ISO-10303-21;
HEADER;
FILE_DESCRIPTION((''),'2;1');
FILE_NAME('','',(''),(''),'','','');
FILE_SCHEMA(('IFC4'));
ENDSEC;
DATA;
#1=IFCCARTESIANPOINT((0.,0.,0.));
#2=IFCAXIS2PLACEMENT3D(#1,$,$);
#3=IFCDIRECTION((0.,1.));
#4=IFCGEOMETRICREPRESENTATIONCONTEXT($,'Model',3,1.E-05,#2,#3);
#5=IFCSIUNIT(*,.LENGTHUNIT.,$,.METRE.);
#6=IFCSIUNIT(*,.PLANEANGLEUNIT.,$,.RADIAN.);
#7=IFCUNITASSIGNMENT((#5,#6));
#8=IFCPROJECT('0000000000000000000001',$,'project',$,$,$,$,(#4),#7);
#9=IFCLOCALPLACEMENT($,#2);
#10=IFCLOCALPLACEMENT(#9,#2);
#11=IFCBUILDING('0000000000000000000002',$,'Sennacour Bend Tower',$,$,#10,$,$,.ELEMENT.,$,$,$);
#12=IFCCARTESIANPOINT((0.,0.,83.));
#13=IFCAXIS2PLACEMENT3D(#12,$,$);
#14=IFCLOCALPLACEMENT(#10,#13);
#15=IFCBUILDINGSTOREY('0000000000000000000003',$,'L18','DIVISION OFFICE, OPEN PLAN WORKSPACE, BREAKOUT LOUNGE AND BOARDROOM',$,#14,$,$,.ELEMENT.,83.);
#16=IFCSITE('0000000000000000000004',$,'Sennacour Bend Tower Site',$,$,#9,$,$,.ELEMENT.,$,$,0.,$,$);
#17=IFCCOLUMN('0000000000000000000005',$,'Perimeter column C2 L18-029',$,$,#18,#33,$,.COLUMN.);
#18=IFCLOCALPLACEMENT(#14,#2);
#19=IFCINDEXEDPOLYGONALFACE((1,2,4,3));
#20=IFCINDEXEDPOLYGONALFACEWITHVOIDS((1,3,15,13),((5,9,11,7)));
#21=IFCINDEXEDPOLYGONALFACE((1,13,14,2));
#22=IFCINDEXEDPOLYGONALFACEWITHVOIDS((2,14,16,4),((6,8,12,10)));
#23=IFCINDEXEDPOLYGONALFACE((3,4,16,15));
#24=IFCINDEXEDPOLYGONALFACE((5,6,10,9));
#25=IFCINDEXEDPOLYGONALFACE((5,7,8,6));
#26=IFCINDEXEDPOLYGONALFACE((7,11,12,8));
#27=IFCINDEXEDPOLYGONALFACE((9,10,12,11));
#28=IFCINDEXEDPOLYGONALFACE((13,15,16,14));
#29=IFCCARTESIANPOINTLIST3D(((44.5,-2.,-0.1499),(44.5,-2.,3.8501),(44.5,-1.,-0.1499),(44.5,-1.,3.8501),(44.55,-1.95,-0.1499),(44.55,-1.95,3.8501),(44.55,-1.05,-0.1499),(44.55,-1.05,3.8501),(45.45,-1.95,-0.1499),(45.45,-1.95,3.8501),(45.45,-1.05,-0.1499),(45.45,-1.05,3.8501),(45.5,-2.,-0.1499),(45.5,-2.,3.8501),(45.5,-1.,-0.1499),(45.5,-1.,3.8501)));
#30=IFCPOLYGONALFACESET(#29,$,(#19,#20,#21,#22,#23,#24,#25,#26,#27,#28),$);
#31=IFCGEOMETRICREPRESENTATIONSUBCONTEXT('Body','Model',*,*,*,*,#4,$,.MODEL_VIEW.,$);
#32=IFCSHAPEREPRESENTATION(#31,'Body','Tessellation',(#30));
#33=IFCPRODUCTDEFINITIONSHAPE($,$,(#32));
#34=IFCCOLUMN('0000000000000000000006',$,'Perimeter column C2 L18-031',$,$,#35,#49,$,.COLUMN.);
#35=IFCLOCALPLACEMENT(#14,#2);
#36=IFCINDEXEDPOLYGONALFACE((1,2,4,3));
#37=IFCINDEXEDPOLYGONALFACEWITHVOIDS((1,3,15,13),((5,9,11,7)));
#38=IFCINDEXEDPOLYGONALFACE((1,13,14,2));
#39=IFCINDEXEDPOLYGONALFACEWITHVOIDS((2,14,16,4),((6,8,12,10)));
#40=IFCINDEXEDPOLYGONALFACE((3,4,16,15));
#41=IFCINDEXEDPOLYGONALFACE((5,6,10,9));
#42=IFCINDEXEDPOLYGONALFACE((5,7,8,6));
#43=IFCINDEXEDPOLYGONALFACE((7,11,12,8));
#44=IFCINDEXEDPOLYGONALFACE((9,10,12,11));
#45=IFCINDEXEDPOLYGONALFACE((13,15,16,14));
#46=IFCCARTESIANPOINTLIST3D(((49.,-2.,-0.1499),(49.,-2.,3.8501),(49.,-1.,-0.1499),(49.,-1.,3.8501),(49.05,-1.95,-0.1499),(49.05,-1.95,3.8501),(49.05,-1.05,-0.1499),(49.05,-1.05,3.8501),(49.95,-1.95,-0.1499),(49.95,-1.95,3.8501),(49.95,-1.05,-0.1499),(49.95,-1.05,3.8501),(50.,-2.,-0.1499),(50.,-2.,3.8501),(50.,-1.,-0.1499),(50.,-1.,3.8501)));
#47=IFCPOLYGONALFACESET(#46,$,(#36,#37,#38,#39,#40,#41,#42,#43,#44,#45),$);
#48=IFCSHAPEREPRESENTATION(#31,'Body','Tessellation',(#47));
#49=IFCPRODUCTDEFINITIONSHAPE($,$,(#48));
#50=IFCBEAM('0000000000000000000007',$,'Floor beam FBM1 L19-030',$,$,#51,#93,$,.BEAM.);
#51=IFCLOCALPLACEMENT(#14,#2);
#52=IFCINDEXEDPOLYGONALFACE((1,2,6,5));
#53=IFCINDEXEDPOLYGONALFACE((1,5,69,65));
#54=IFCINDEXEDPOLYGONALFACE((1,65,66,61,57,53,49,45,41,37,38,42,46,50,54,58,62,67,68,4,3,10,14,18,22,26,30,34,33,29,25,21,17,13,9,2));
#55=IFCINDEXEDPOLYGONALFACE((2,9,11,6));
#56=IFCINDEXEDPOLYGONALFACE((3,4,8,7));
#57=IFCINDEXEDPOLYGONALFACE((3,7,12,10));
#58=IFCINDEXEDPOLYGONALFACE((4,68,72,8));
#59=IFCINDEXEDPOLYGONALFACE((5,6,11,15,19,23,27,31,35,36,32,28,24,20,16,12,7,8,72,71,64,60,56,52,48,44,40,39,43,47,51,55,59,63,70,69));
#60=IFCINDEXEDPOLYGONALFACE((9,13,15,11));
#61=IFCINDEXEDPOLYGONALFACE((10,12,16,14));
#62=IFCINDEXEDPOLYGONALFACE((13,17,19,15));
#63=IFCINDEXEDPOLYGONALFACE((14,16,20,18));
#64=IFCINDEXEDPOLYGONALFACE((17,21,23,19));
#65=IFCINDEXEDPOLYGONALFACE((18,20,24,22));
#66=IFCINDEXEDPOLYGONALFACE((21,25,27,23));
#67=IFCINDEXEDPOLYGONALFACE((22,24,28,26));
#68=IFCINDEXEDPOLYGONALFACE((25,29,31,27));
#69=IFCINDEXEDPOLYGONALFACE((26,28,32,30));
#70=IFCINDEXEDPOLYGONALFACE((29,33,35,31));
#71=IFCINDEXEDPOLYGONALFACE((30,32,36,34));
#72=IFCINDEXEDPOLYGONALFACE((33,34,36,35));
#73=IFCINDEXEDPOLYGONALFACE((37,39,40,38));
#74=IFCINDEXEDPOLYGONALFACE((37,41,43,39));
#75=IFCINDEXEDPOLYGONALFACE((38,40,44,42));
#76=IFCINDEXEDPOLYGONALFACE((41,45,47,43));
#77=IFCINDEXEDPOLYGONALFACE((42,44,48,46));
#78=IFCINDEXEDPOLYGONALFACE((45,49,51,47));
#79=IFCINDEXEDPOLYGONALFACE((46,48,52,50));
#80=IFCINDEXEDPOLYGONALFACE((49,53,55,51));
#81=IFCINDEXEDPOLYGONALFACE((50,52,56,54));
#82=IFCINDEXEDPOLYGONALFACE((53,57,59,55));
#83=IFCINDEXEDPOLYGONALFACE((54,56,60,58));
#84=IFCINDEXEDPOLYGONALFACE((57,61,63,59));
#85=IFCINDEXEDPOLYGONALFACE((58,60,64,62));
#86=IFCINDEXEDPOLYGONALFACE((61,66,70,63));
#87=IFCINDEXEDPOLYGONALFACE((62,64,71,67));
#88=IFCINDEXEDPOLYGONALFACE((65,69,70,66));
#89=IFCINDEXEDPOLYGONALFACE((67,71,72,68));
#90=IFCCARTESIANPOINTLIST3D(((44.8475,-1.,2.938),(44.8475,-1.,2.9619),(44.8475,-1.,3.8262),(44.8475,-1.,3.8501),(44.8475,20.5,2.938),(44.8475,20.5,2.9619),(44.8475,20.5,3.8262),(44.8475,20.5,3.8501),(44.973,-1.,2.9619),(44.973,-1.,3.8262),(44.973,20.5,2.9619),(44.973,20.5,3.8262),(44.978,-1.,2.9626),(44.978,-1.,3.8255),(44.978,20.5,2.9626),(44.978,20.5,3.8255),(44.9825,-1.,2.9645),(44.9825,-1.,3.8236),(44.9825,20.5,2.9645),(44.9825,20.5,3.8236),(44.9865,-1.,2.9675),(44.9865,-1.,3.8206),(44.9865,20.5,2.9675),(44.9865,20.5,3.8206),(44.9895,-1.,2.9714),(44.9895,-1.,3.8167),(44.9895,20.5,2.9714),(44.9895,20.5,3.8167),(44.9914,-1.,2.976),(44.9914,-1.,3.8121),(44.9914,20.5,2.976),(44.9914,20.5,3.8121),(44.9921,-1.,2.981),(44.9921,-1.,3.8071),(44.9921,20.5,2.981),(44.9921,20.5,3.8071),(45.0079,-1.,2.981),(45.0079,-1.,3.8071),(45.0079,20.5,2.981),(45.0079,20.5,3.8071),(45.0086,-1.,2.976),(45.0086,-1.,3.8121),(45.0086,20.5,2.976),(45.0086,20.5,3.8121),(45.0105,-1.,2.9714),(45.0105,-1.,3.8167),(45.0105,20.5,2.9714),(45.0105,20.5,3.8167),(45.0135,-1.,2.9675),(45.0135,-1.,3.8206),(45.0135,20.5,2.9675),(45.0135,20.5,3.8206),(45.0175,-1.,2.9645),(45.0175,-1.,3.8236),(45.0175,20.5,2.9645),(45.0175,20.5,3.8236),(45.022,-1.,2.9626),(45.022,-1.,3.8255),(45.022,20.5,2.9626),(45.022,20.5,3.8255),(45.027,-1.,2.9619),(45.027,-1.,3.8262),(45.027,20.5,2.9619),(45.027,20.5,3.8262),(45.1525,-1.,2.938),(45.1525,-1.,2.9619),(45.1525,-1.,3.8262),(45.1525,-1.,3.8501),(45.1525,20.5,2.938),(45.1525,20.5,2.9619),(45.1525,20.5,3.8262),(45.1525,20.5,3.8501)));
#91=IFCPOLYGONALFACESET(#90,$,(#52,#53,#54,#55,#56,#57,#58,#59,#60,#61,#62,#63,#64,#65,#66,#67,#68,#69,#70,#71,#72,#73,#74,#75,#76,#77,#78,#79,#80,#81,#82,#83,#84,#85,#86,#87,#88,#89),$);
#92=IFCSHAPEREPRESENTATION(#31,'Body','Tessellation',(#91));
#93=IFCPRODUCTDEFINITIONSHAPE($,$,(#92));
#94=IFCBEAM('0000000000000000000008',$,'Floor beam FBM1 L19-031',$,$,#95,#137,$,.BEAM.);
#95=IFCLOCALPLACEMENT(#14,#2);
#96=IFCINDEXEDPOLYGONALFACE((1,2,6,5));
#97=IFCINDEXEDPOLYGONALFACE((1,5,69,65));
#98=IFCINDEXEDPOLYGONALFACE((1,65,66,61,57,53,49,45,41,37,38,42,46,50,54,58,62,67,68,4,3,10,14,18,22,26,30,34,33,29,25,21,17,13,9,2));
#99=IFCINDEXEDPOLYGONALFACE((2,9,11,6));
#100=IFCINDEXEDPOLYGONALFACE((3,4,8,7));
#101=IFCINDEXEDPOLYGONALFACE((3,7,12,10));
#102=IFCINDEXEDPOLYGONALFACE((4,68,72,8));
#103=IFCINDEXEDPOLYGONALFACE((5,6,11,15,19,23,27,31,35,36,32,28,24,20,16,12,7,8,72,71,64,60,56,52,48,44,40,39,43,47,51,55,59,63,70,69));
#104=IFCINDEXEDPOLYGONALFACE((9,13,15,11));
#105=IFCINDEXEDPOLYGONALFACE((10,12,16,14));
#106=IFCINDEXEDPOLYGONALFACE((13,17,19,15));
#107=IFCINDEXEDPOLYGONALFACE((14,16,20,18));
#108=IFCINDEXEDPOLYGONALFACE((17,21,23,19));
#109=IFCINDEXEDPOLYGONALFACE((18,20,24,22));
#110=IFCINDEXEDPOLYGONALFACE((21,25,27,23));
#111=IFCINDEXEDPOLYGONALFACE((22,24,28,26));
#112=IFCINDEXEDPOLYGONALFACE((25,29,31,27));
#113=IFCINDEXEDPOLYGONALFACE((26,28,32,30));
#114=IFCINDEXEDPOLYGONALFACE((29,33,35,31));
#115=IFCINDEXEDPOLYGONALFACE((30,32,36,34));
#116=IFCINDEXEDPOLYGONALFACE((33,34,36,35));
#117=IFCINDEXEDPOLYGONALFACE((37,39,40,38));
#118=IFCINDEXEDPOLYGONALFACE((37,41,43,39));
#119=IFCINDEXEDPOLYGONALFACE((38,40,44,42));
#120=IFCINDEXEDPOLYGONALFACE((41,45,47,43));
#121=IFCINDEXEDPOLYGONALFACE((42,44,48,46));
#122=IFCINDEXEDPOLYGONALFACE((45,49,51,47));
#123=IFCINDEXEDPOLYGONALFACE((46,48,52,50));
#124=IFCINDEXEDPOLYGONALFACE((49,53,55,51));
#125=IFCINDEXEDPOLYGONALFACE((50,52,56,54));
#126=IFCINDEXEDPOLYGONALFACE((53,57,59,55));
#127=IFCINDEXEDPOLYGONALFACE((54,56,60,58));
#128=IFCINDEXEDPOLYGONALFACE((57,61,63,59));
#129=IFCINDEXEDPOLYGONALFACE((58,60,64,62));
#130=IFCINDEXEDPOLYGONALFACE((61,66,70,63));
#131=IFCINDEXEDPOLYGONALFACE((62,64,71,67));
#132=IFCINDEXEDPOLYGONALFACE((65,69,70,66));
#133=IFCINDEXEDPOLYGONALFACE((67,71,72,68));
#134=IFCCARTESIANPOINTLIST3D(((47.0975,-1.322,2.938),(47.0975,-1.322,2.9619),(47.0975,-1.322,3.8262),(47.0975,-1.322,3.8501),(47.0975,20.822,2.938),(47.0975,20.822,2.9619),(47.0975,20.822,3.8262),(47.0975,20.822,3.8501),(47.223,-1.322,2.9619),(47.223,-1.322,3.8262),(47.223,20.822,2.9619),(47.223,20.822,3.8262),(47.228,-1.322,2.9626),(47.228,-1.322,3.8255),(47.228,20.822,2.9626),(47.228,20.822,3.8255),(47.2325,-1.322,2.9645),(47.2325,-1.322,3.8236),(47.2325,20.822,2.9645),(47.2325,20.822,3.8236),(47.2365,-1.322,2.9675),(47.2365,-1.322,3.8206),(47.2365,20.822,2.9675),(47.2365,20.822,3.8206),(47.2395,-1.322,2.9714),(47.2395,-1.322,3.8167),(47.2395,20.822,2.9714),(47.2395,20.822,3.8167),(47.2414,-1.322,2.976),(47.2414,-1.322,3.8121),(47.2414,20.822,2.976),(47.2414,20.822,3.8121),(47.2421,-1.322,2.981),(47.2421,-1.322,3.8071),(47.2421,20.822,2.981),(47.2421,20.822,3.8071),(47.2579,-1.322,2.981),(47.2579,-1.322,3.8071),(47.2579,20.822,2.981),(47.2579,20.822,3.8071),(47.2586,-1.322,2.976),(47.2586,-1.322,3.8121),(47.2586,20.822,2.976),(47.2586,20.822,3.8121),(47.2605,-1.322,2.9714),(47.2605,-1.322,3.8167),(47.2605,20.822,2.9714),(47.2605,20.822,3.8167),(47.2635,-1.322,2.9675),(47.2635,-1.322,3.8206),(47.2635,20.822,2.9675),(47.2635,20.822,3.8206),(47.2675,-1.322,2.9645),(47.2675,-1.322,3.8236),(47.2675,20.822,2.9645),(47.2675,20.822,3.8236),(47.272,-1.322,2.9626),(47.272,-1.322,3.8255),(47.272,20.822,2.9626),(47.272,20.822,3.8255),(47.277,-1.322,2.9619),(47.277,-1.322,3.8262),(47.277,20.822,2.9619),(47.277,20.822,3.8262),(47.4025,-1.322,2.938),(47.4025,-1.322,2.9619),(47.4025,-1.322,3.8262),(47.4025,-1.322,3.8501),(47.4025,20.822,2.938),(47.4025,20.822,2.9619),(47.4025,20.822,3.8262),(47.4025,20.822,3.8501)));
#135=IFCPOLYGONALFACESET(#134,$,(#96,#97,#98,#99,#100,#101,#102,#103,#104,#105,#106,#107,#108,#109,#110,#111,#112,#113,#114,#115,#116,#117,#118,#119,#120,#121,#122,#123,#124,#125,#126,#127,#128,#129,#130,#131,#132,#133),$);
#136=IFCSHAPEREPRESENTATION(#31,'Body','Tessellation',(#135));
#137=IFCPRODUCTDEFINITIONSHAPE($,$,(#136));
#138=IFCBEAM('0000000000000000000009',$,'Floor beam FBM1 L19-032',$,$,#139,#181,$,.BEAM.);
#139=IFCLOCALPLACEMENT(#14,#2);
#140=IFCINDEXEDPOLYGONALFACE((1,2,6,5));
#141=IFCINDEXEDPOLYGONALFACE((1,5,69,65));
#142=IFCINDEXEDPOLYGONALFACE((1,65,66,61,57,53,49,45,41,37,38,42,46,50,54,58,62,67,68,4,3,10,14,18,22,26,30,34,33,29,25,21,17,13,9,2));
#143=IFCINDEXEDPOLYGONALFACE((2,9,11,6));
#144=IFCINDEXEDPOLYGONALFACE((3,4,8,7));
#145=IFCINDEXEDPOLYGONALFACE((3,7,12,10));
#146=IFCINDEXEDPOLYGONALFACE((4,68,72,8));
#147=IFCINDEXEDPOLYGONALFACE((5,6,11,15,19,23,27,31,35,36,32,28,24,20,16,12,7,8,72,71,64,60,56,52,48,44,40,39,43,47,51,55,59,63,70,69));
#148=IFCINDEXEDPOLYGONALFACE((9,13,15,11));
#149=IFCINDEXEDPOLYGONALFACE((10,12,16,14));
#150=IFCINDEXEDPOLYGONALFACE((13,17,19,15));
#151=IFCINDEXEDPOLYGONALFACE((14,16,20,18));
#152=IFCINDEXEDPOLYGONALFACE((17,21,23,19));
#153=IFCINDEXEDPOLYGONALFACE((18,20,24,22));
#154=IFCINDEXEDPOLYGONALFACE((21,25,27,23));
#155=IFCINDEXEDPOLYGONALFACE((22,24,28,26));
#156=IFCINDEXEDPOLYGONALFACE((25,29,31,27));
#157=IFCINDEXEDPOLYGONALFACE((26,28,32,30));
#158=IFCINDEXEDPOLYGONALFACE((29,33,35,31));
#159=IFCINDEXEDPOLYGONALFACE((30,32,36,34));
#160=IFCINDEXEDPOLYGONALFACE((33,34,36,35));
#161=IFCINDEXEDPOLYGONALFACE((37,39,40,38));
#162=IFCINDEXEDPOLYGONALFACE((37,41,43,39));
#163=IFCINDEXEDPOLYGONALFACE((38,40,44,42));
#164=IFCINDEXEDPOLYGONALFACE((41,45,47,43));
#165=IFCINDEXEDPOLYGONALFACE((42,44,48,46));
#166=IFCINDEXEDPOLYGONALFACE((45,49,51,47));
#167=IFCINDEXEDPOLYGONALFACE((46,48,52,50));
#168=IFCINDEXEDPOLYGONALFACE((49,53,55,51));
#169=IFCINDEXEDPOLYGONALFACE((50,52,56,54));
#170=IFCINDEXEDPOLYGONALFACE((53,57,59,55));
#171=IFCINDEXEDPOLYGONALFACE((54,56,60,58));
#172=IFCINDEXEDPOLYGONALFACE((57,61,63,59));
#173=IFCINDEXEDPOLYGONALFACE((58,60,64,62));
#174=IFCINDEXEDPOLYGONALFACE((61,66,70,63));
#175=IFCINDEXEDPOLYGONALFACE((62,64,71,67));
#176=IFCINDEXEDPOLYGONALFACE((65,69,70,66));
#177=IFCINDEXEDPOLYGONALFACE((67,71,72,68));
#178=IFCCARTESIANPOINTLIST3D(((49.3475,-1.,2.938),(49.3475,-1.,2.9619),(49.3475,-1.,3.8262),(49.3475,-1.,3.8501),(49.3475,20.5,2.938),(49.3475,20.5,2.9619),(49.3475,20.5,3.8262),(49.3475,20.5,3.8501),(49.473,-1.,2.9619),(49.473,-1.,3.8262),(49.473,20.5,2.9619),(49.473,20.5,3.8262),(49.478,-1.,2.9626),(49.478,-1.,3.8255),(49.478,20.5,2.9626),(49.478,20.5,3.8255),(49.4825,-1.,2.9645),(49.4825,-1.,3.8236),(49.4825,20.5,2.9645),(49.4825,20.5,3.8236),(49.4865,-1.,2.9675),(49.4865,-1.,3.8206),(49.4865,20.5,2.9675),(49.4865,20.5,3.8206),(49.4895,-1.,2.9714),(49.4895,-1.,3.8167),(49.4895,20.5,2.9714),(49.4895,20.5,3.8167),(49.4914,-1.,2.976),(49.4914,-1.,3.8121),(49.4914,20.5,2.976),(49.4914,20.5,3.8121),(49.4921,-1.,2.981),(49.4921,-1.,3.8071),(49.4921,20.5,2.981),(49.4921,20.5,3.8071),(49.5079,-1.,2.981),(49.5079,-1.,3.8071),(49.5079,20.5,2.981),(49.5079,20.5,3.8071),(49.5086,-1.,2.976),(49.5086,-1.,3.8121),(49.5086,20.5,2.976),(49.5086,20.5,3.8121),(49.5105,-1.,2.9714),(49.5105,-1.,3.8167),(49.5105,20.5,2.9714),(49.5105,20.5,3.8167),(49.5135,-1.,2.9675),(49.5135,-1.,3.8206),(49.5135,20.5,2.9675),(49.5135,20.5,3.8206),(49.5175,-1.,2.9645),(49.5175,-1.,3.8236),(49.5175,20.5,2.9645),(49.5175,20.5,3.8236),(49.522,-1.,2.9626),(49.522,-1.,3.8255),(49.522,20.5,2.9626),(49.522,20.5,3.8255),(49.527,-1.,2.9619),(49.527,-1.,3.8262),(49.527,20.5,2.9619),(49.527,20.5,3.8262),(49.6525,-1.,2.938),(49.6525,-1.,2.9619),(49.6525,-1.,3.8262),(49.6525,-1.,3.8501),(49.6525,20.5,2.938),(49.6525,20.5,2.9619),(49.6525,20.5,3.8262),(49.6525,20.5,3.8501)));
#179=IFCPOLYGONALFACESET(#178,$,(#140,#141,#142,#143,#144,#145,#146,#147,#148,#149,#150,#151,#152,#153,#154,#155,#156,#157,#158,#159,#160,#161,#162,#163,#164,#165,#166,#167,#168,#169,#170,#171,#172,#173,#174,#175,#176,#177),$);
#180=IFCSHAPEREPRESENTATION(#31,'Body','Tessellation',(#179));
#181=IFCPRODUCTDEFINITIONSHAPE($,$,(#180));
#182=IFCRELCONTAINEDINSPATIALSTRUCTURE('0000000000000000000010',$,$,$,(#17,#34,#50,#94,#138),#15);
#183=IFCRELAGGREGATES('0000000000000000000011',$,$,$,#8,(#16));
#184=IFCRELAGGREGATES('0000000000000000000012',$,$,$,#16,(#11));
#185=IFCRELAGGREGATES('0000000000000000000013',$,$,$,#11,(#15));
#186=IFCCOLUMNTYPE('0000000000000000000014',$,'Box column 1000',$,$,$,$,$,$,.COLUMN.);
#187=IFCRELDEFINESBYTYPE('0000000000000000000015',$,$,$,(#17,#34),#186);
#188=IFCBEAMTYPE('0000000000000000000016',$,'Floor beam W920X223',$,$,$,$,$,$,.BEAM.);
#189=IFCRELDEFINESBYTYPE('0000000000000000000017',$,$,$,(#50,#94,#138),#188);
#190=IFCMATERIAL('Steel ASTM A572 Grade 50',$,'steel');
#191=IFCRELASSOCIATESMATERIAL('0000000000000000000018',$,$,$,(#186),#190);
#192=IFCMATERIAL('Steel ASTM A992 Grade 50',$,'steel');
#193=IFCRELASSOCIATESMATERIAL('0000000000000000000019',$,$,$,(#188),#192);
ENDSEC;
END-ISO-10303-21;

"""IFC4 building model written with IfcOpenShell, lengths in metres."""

from ifc_helpers import new_model, si_unit, direction, frame, origin, origin_2d, place, context, subcontext, project, spatial, hollow_rectangle, i_section, extrude, material, material_profile, profile_set, type_object, element, save


model = new_model("IFC4")

# Units and contexts
model_context = context("Model", 3, precision=1e-05, world=origin(), true_north=direction((0.0, 1.0)))
body_context = subcontext(model_context, "Body", "Model", "MODEL_VIEW")
ifc_project = project(units=[si_unit("LENGTHUNIT", "METRE"), si_unit("PLANEANGLEUNIT", "RADIAN")], contexts=[model_context])

# Site, building, storey
site_placement = place(None, origin())
site = spatial("IfcSite", under=ifc_project, at=site_placement, Name="Sennacour Bend Tower Site", CompositionType="ELEMENT", RefElevation=0.0)
building_placement = place(site_placement, origin())
building = spatial("IfcBuilding", under=site, at=building_placement, Name="Sennacour Bend Tower", CompositionType="ELEMENT")
storey_placement = place(building_placement, frame((0.0, 0.0, 83.0)))
storey = spatial("IfcBuildingStorey", under=building, at=storey_placement, Name="L18", Description="DIVISION OFFICE, OPEN PLAN WORKSPACE, BREAKOUT LOUNGE AND BOARDROOM", CompositionType="ELEMENT", Elevation=83.0)

# Columns
ifc_material_1 = material(Name="Steel ASTM A572 Grade 50", Category="steel")
ifc_material_profile_1 = material_profile(ifc_material_1, hollow_rectangle(XDim=1.0, YDim=1.0, WallThickness=0.05, at=origin_2d()), Name="Steel ASTM A572 Grade 50", Category="steel")
ifc_profile_set_1 = profile_set([ifc_material_profile_1], Name="Steel ASTM A572 Grade 50")
column_type = type_object("IfcColumnType", Name="Box column 1000", PredefinedType="COLUMN", material=ifc_profile_set_1)
for number, where, z_axis, x_axis, name in (
    (1, (45.0, -1.5, -0.1499), (0.0, 0.0, 1.0), (1.0, 0.0, 0.0), "Perimeter column C2 L18-029"),
    (2, (49.5, -1.5, -0.1499), (0.0, 0.0, 1.0), (1.0, 0.0, 0.0), "Perimeter column C2 L18-031"),
):
    element("IfcColumn", number, at=place(storey_placement, frame(where, z_axis=z_axis, x_axis=x_axis)), inside=storey, type_object=column_type, Name=name, PredefinedType="COLUMN", context=body_context, shape_type="SweptSolid", body=[
        extrude(hollow_rectangle(XDim=1.0, YDim=1.0, WallThickness=0.05, at=origin_2d()), origin(), (0.0, 0.0, 1.0), 4.0),
    ])

# Beams
ifc_material_2 = material(Name="Steel ASTM A992 Grade 50", Category="steel")
ifc_material_profile_2 = material_profile(ifc_material_2, i_section(OverallWidth=0.3049, OverallDepth=0.9121, WebThickness=0.0159, FlangeThickness=0.0239, FilletRadius=0.019, at=origin_2d()), Name="Steel ASTM A992 Grade 50", Category="steel")
ifc_profile_set_2 = profile_set([ifc_material_profile_2], Name="Steel ASTM A992 Grade 50")
beam_type_1 = type_object("IfcBeamType", Name="Floor beam W920X223", PredefinedType="BEAM", material=ifc_profile_set_2)
beam_1_placement = place(storey_placement, frame((45.0, -1.0, 3.394), z_axis=(0.0, 1.0, 0.0), x_axis=(-1.0, 0.0, 0.0)))
element("IfcBeam", 3, at=beam_1_placement, inside=storey, type_object=beam_type_1, Name="Floor beam FBM1 L19-030", PredefinedType="BEAM", context=body_context, shape_type="SweptSolid", body=[
    extrude(i_section(OverallWidth=0.3049, OverallDepth=0.9121, WebThickness=0.0159, FlangeThickness=0.0239, FilletRadius=0.019, at=origin_2d()), origin(), (0.0, 0.0, 1.0), 21.5),
])
beam_2_placement = place(storey_placement, frame((47.25, -1.322, 3.394), z_axis=(0.0, 1.0, 0.0), x_axis=(-1.0, 0.0, 0.0)))
element("IfcBeam", 4, at=beam_2_placement, inside=storey, type_object=beam_type_1, Name="Floor beam FBM1 L19-031", PredefinedType="BEAM", context=body_context, shape_type="SweptSolid", body=[
    extrude(i_section(OverallWidth=0.3049, OverallDepth=0.9121, WebThickness=0.0159, FlangeThickness=0.0239, FilletRadius=0.019, at=origin_2d()), origin(), (0.0, 0.0, 1.0), 22.144),
])
beam_3_placement = place(storey_placement, frame((49.5, -1.0, 3.394), z_axis=(0.0, 1.0, 0.0), x_axis=(-1.0, 0.0, 0.0)))
element("IfcBeam", 5, at=beam_3_placement, inside=storey, type_object=beam_type_1, Name="Floor beam FBM1 L19-032", PredefinedType="BEAM", context=body_context, shape_type="SweptSolid", body=[
    extrude(i_section(OverallWidth=0.3049, OverallDepth=0.9121, WebThickness=0.0159, FlangeThickness=0.0239, FilletRadius=0.019, at=origin_2d()), origin(), (0.0, 0.0, 1.0), 21.5),
])

save(model, "model.ifc")
